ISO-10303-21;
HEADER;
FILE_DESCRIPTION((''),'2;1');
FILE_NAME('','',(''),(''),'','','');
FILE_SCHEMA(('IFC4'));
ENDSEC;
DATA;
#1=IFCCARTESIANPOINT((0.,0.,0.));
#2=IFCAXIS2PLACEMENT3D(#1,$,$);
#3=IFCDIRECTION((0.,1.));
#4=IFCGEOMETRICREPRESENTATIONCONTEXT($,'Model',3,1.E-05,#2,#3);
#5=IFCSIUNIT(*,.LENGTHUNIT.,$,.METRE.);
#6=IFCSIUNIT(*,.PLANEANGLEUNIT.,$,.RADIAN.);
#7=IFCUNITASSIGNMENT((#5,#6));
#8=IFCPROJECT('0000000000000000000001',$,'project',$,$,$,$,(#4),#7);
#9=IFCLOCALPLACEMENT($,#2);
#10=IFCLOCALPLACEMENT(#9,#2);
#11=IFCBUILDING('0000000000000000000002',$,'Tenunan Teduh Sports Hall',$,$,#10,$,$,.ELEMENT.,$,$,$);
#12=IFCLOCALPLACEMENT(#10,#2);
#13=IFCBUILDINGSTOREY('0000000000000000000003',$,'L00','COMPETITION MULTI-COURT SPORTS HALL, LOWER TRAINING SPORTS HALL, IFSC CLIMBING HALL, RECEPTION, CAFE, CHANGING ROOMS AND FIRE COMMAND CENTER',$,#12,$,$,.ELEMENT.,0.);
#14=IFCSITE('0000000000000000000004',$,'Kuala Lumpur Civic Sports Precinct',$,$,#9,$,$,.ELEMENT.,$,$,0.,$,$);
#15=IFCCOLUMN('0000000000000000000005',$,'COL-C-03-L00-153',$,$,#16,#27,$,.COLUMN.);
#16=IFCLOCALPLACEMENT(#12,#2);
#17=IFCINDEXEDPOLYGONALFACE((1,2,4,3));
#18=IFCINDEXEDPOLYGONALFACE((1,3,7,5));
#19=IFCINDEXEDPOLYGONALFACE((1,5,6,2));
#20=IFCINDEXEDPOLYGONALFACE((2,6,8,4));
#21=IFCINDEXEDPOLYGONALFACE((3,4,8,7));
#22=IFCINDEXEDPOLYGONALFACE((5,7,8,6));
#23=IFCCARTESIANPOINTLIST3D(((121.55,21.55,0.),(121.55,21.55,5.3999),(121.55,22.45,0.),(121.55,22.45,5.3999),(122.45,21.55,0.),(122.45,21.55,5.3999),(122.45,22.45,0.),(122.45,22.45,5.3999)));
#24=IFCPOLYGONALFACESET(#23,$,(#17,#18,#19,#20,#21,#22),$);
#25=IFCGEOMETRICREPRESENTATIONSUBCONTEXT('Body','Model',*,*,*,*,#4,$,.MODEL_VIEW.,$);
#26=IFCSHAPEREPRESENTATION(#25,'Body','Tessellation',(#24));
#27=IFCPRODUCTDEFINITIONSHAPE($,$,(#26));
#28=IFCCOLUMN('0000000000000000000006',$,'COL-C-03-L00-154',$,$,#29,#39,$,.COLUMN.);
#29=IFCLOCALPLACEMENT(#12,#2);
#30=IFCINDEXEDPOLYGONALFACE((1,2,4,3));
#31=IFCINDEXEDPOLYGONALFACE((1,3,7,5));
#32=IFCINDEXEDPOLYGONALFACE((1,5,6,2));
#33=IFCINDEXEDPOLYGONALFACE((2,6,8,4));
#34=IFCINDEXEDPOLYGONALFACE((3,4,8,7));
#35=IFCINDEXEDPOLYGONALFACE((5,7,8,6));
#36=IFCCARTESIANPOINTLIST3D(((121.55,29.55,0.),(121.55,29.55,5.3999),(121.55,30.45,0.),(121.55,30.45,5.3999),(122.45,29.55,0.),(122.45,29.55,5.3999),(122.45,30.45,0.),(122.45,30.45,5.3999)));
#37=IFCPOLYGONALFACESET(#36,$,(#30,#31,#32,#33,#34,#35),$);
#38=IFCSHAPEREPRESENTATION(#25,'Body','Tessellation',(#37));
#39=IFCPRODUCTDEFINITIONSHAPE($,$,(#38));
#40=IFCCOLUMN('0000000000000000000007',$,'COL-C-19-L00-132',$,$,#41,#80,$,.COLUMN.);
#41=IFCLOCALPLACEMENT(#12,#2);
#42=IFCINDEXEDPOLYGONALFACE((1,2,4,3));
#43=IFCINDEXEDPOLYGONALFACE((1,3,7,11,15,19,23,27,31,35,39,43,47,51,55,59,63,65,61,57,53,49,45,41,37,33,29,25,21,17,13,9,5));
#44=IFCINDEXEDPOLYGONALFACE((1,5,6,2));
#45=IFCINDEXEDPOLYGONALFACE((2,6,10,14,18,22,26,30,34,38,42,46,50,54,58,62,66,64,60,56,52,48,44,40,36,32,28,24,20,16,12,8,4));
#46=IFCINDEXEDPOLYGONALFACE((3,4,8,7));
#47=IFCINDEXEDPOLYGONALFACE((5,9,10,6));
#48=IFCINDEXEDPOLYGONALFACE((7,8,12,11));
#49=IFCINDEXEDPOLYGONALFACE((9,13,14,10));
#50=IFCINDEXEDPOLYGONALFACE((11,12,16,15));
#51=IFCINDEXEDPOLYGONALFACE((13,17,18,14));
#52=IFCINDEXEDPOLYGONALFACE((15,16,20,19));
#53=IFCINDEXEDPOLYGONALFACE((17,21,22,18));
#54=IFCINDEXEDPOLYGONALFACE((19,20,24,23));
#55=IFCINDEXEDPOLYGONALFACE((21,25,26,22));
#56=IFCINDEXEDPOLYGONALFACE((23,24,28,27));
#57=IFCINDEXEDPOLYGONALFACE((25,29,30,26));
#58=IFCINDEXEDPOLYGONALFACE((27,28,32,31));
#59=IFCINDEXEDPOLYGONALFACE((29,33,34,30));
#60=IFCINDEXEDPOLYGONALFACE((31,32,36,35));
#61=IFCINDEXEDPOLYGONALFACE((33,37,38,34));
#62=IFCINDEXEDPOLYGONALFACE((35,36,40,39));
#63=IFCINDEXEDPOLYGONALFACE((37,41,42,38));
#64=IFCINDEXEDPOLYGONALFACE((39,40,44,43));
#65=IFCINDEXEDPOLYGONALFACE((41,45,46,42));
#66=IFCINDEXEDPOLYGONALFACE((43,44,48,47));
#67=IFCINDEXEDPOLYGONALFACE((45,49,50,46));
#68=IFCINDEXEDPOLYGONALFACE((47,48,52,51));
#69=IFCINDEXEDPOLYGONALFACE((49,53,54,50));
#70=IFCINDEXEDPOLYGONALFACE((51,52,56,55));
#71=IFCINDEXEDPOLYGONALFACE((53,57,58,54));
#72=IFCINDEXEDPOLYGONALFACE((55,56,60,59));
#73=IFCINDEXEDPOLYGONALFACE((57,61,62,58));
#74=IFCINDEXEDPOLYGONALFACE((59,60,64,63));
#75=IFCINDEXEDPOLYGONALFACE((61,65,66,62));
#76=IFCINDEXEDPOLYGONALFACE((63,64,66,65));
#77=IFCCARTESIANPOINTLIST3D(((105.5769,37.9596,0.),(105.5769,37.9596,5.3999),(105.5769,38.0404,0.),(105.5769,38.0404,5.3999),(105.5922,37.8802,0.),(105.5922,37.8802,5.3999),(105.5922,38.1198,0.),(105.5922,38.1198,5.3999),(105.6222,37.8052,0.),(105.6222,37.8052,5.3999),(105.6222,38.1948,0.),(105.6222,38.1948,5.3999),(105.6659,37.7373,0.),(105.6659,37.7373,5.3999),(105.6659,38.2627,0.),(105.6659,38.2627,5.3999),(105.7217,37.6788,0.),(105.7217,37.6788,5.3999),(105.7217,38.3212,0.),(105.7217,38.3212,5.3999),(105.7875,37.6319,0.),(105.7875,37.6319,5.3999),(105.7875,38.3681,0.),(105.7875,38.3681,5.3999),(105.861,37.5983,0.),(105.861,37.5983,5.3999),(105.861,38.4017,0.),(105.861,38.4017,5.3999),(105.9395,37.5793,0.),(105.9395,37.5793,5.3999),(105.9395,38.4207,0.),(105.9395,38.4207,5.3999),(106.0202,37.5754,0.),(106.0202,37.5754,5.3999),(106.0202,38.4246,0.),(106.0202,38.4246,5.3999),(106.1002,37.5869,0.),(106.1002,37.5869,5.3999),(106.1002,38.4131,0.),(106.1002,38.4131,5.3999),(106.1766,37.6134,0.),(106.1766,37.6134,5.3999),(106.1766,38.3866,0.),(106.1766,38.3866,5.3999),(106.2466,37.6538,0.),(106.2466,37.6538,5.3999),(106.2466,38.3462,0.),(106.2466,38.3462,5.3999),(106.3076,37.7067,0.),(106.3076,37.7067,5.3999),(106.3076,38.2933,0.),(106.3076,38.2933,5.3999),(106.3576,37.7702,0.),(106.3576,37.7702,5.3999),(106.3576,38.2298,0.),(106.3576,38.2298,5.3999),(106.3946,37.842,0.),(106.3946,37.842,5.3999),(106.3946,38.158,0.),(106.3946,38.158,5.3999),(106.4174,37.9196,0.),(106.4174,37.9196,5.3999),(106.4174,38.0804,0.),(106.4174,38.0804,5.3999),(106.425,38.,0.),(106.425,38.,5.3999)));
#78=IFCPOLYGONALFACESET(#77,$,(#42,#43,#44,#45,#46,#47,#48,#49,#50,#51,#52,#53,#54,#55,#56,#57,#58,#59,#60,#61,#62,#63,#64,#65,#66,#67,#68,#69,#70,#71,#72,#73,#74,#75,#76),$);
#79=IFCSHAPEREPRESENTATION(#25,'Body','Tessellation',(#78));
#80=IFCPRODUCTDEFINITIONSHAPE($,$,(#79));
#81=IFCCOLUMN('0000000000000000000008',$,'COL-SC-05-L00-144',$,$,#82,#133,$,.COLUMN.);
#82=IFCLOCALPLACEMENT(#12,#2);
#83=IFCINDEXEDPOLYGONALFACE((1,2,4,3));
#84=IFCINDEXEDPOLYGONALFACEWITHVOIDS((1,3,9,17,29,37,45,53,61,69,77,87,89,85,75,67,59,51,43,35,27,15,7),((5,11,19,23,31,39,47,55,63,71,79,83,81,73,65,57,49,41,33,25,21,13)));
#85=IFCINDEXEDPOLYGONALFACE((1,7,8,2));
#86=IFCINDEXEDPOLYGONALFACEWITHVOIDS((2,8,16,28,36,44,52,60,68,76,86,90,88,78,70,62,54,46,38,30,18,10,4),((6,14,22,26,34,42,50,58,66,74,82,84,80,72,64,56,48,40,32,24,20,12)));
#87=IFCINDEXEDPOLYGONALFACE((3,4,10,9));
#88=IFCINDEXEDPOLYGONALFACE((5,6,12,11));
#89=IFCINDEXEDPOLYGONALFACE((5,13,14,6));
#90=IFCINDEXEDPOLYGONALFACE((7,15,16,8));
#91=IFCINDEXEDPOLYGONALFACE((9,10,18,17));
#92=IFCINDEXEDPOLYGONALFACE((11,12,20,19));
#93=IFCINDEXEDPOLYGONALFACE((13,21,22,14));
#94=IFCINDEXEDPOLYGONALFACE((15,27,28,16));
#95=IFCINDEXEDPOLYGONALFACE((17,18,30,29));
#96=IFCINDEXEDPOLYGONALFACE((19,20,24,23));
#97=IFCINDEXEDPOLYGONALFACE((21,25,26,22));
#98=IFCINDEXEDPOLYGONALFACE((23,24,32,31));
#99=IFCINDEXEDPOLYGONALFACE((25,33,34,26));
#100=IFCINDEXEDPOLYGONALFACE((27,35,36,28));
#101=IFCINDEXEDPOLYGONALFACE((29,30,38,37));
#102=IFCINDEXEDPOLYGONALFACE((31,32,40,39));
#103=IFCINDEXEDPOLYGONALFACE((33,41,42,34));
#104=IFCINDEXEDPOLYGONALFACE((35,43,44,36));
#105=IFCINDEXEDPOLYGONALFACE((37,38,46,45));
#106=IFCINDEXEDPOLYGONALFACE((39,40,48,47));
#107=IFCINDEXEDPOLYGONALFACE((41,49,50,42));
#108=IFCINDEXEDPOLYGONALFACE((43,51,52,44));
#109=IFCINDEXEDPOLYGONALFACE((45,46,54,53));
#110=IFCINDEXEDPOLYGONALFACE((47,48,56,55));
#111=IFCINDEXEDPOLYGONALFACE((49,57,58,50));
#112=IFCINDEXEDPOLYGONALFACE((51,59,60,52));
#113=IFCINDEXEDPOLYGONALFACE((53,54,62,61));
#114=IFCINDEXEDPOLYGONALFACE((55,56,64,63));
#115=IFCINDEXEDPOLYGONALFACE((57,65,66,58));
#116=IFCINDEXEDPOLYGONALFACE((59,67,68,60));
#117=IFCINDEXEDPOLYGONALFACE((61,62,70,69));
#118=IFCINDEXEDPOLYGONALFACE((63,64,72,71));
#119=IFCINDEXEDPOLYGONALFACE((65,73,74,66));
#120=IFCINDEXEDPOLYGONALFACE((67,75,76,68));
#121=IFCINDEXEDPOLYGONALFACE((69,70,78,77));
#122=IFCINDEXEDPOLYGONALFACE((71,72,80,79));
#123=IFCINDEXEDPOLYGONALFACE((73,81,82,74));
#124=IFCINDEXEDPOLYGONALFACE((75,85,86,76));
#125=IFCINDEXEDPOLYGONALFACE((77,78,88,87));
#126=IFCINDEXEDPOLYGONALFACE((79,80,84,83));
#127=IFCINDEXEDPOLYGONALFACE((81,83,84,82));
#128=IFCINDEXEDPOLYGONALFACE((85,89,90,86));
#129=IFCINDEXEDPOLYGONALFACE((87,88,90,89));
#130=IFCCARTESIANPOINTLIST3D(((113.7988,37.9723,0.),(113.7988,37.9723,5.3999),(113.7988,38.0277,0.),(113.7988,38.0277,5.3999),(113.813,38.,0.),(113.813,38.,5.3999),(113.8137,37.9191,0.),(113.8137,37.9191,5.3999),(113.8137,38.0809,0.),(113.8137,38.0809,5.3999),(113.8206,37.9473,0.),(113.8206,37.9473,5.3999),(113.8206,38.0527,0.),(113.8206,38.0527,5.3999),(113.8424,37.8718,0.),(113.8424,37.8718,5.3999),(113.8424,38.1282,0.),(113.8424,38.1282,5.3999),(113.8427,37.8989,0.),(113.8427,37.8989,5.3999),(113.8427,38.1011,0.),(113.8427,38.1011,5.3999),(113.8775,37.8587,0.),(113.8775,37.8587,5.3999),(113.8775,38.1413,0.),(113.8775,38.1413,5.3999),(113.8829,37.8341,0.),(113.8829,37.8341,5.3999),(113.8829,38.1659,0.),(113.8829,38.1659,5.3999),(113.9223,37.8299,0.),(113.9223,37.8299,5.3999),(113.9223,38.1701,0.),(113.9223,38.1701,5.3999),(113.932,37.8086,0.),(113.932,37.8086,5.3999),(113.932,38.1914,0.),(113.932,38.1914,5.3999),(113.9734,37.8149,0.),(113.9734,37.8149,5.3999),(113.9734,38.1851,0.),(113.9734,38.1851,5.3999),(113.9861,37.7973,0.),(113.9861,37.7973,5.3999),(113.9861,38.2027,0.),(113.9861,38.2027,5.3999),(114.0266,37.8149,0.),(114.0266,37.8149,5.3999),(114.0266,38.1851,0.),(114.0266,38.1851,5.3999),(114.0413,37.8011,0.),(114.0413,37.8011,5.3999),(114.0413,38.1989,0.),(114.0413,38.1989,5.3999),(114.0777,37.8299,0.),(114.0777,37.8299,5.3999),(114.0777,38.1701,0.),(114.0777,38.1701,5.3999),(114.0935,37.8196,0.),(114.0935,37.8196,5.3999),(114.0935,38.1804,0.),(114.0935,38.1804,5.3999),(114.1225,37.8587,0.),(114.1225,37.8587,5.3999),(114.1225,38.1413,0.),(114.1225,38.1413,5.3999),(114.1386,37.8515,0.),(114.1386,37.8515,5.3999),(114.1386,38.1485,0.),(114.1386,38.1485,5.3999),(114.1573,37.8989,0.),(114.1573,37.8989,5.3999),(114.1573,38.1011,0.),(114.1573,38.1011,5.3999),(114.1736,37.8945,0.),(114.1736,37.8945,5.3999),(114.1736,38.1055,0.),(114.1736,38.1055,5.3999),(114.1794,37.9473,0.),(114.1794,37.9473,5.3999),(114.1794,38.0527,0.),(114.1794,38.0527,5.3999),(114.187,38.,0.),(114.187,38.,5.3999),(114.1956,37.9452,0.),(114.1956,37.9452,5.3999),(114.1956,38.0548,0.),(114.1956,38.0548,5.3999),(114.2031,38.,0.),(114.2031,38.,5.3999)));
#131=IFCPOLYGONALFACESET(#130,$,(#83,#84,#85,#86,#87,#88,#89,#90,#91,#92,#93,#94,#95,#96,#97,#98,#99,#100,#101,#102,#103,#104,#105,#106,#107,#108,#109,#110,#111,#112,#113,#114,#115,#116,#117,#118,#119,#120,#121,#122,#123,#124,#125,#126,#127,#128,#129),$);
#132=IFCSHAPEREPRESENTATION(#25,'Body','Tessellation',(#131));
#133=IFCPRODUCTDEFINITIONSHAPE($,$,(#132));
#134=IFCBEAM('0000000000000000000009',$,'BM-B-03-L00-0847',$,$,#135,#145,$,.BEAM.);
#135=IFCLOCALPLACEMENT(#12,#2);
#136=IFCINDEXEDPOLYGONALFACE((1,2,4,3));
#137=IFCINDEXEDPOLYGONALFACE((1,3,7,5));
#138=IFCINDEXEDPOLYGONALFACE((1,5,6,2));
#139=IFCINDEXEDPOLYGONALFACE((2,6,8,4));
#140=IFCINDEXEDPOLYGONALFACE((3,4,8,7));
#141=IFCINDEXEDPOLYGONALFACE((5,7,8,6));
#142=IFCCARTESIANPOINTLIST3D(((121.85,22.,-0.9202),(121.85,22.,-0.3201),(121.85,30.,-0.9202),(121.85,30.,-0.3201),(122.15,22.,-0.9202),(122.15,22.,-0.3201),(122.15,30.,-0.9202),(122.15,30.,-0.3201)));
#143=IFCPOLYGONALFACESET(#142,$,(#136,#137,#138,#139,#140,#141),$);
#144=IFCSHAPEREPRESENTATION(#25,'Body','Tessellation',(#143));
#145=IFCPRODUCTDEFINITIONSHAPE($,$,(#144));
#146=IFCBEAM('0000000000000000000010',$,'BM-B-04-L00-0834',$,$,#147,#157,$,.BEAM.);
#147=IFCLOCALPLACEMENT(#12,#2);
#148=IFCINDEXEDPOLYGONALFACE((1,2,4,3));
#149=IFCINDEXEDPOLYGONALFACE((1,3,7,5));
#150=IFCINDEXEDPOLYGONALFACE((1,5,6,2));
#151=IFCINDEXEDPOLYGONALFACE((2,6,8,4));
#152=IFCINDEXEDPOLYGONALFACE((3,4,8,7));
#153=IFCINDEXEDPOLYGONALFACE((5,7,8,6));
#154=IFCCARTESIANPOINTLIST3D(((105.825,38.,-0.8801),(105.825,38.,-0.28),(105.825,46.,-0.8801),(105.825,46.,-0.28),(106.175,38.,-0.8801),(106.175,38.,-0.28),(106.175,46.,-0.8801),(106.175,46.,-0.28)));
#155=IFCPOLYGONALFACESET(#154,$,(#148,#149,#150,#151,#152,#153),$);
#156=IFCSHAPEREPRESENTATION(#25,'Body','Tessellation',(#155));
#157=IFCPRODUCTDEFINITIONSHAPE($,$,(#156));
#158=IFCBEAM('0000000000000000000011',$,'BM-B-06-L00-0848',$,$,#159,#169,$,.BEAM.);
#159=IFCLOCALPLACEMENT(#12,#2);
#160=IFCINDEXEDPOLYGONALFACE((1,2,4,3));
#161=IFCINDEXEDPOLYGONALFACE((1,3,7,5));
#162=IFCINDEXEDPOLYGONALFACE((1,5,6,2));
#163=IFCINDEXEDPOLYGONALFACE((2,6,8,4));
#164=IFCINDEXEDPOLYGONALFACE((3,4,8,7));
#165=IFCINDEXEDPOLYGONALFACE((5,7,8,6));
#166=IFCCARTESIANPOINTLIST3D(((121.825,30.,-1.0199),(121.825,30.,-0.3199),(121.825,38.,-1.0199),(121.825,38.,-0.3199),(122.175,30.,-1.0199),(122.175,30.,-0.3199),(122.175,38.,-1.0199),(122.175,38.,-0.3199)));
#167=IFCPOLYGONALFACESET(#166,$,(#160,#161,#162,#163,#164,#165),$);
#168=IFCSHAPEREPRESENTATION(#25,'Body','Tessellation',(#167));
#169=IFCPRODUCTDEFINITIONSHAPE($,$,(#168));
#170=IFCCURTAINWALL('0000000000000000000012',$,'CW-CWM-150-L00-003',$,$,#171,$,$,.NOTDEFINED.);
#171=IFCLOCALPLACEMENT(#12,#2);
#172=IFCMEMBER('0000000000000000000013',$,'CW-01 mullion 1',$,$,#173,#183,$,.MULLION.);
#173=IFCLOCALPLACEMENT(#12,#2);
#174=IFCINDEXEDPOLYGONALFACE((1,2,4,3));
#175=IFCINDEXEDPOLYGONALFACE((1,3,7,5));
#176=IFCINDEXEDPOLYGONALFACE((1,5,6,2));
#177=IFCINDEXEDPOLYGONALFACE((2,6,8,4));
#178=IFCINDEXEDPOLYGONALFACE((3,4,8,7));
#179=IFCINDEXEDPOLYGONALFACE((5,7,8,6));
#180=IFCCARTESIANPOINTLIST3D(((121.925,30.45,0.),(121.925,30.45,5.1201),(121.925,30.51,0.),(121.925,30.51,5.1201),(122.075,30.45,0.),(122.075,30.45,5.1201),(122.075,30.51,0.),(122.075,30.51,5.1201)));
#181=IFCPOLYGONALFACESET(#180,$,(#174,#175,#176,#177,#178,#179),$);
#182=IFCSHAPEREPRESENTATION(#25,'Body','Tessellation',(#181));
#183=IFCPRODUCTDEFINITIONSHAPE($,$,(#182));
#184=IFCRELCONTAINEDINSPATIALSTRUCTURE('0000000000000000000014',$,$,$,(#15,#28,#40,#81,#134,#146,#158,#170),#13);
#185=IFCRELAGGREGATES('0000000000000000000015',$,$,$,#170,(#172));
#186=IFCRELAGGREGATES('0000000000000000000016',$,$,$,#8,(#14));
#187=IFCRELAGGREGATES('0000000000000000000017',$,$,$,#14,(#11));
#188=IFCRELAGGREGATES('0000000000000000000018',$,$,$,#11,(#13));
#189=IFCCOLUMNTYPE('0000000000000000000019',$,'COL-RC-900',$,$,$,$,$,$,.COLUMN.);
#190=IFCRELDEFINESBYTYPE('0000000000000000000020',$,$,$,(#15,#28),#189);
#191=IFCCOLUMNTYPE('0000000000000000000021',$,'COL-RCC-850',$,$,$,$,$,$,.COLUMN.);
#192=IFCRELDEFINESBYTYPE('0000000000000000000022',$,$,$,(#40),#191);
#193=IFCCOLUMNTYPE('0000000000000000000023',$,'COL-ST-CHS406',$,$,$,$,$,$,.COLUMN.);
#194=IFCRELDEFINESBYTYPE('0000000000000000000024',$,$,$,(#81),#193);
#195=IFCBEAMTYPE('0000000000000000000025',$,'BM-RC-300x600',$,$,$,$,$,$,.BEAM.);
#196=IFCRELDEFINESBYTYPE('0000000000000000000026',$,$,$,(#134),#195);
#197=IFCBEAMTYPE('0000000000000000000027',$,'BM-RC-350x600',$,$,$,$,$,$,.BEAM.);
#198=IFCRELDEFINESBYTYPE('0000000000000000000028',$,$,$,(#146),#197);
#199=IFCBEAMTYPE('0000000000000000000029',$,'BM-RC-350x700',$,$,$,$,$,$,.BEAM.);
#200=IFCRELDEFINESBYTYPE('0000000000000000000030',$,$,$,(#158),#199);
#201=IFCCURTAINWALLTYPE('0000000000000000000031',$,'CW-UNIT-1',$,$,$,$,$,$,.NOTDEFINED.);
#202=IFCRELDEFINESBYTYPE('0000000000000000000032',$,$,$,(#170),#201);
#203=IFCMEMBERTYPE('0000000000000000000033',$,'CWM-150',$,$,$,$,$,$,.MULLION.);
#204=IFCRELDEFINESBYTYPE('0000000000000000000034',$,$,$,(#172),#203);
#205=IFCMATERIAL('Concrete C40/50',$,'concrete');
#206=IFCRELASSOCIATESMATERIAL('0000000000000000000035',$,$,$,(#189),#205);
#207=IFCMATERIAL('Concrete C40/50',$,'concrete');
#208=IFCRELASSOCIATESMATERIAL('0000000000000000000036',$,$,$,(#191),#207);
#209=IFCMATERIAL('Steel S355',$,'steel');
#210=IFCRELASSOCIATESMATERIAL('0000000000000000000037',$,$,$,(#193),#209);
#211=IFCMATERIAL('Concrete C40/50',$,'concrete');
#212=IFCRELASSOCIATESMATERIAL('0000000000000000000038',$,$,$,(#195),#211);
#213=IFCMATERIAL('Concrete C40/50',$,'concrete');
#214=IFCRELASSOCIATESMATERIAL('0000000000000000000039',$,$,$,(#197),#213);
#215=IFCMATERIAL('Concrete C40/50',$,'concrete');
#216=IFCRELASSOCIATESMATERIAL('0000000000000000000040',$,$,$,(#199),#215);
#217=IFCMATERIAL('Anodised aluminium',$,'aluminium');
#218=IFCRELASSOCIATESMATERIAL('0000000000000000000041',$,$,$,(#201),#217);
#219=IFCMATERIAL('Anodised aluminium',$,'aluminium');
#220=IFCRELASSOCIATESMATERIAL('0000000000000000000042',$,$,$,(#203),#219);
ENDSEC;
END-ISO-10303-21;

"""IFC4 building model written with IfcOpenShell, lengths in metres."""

from ifc_helpers import new_model, si_unit, direction, frame, origin, origin_2d, place, context, subcontext, project, spatial, rectangle, circle, hollow_circle, extrude, material, material_profile, profile_set, type_object, element, aggregate, save


model = new_model("IFC4")

# Units and contexts
model_context = context("Model", 3, precision=1e-05, world=origin(), true_north=direction((0.0, 1.0)))
body_context = subcontext(model_context, "Body", "Model", "MODEL_VIEW")
ifc_project = project(units=[si_unit("LENGTHUNIT", "METRE"), si_unit("PLANEANGLEUNIT", "RADIAN")], contexts=[model_context])

# Site, building, storey
site_placement = place(None, origin())
site = spatial("IfcSite", under=ifc_project, at=site_placement, Name="Kuala Lumpur Civic Sports Precinct", CompositionType="ELEMENT", RefElevation=0.0)
building_placement = place(site_placement, origin())
building = spatial("IfcBuilding", under=site, at=building_placement, Name="Tenunan Teduh Sports Hall", CompositionType="ELEMENT")
storey_placement = place(building_placement, origin())
storey = spatial("IfcBuildingStorey", under=building, at=storey_placement, Name="L00", Description="COMPETITION MULTI-COURT SPORTS HALL, LOWER TRAINING SPORTS HALL, IFSC CLIMBING HALL, RECEPTION, CAFE, CHANGING ROOMS AND FIRE COMMAND CENTER", CompositionType="ELEMENT", Elevation=0.0)

# Columns
ifc_material_1 = material(Name="Concrete C40/50", Category="concrete")
ifc_material_profile_1 = material_profile(ifc_material_1, rectangle(XDim=0.8999, YDim=0.8999, at=origin_2d()), Name="RC 900x900")
ifc_profile_set_1 = profile_set([ifc_material_profile_1], Name="Concrete C40/50")
column_type_1 = type_object("IfcColumnType", Name="COL-RC-900", PredefinedType="COLUMN", material=ifc_profile_set_1)
for number, where, z_axis, x_axis, name in (
    (1, (122.0, 22.0, 0.0), (0.0, 0.0, 1.0), (1.0, 0.0, 0.0), "COL-C-03-L00-153"),
    (2, (122.0, 30.0, 0.0), (0.0, 0.0, 1.0), (1.0, 0.0, 0.0), "COL-C-03-L00-154"),
):
    element("IfcColumn", number, at=place(storey_placement, frame(where, z_axis=z_axis, x_axis=x_axis)), inside=storey, type_object=column_type_1, Name=name, PredefinedType="COLUMN", context=body_context, shape_type="SweptSolid", body=[
        extrude(rectangle(XDim=0.8999, YDim=0.8999, at=origin_2d()), origin(), (0.0, 0.0, 1.0), 5.3999),
    ])
ifc_material_2 = material(Name="Concrete C40/50", Category="concrete")
ifc_material_profile_2 = material_profile(ifc_material_2, circle(Radius=0.425, at=origin_2d()), Name="RCC D850")
ifc_profile_set_2 = profile_set([ifc_material_profile_2], Name="Concrete C40/50")
column_type_2 = type_object("IfcColumnType", Name="COL-RCC-850", PredefinedType="COLUMN", material=ifc_profile_set_2)
column_1_placement = place(storey_placement, frame((106.0, 38.0, 0.0), z_axis=(0.0, 0.0, 1.0), x_axis=(1.0, 0.0, 0.0)))
element("IfcColumn", 3, at=column_1_placement, inside=storey, type_object=column_type_2, Name="COL-C-19-L00-132", PredefinedType="COLUMN", context=body_context, shape_type="SweptSolid", body=[
    extrude(circle(Radius=0.425, at=origin_2d()), origin(), (0.0, 0.0, 1.0), 5.3999),
])
ifc_material_3 = material(Name="Steel S355", Category="steel")
ifc_material_profile_3 = material_profile(ifc_material_3, hollow_circle(Radius=0.2031, WallThickness=0.0161, at=origin_2d()), Name="CHS 406.4x16.0")
ifc_profile_set_3 = profile_set([ifc_material_profile_3], Name="Steel S355")
column_type_3 = type_object("IfcColumnType", Name="COL-ST-CHS406", PredefinedType="COLUMN", material=ifc_profile_set_3)
column_2_placement = place(storey_placement, frame((114.0, 38.0, 0.0), z_axis=(0.0, 0.0, 1.0), x_axis=(1.0, 0.0, 0.0)))
element("IfcColumn", 4, at=column_2_placement, inside=storey, type_object=column_type_3, Name="COL-SC-05-L00-144", PredefinedType="COLUMN", context=body_context, shape_type="SweptSolid", body=[
    extrude(hollow_circle(Radius=0.2031, WallThickness=0.0161, at=origin_2d()), origin(), (0.0, 0.0, 1.0), 5.3999),
])

# Beams
ifc_material_4 = material(Name="Concrete C40/50", Category="concrete")
ifc_material_profile_4 = material_profile(ifc_material_4, rectangle(XDim=0.3, YDim=0.6001, at=origin_2d()), Name="RCB 300x600")
ifc_profile_set_4 = profile_set([ifc_material_profile_4], Name="Concrete C40/50")
beam_type_1 = type_object("IfcBeamType", Name="BM-RC-300x600", PredefinedType="BEAM", material=ifc_profile_set_4)
beam_1_placement = place(storey_placement, frame((122.0, 22.0, -0.6201), z_axis=(0.0, 1.0, 0.0), x_axis=(-1.0, 0.0, 0.0)))
element("IfcBeam", 5, at=beam_1_placement, inside=storey, type_object=beam_type_1, Name="BM-B-03-L00-0847", PredefinedType="BEAM", context=body_context, shape_type="SweptSolid", body=[
    extrude(rectangle(XDim=0.3, YDim=0.6001, at=origin_2d()), origin(), (0.0, 0.0, 1.0), 8.0),
])
ifc_material_5 = material(Name="Concrete C40/50", Category="concrete")
ifc_material_profile_5 = material_profile(ifc_material_5, rectangle(XDim=0.3501, YDim=0.6001, at=origin_2d()), Name="RCB 350x600")
ifc_profile_set_5 = profile_set([ifc_material_profile_5], Name="Concrete C40/50")
beam_type_2 = type_object("IfcBeamType", Name="BM-RC-350x600", PredefinedType="BEAM", material=ifc_profile_set_5)
beam_2_placement = place(storey_placement, frame((106.0, 38.0, -0.5801), z_axis=(0.0, 1.0, 0.0), x_axis=(-1.0, 0.0, 0.0)))
element("IfcBeam", 6, at=beam_2_placement, inside=storey, type_object=beam_type_2, Name="BM-B-04-L00-0834", PredefinedType="BEAM", context=body_context, shape_type="SweptSolid", body=[
    extrude(rectangle(XDim=0.3501, YDim=0.6001, at=origin_2d()), origin(), (0.0, 0.0, 1.0), 8.0),
])
ifc_material_6 = material(Name="Concrete C40/50", Category="concrete")
ifc_material_profile_6 = material_profile(ifc_material_6, rectangle(XDim=0.3501, YDim=0.7, at=origin_2d()), Name="RCB 350x700")
ifc_profile_set_6 = profile_set([ifc_material_profile_6], Name="Concrete C40/50")
beam_type_3 = type_object("IfcBeamType", Name="BM-RC-350x700", PredefinedType="BEAM", material=ifc_profile_set_6)
beam_3_placement = place(storey_placement, frame((122.0, 30.0, -0.6699), z_axis=(0.0, 1.0, 0.0), x_axis=(-1.0, 0.0, 0.0)))
element("IfcBeam", 7, at=beam_3_placement, inside=storey, type_object=beam_type_3, Name="BM-B-06-L00-0848", PredefinedType="BEAM", context=body_context, shape_type="SweptSolid", body=[
    extrude(rectangle(XDim=0.3501, YDim=0.7, at=origin_2d()), origin(), (0.0, 0.0, 1.0), 8.0),
])

# Curtain wall, member
ifc_material_7 = material(Name="Anodised aluminium", Category="aluminium")
curtain_wall_type = type_object("IfcCurtainWallType", Name="CW-UNIT-1", PredefinedType="NOTDEFINED", material=ifc_material_7)
curtain_wall_1_placement = place(storey_placement, origin())
curtain_wall_1 = element("IfcCurtainWall", 8, at=curtain_wall_1_placement, inside=storey, type_object=curtain_wall_type, Name="CW-CWM-150-L00-003", PredefinedType="NOTDEFINED")
ifc_material_8 = material(Name="Anodised aluminium", Category="aluminium")
ifc_material_profile_7 = material_profile(ifc_material_8, rectangle(XDim=0.0601, YDim=0.1499, at=origin_2d()), Name="CWM 60x150")
ifc_profile_set_7 = profile_set([ifc_material_profile_7], Name="Anodised aluminium")
member_type_1 = type_object("IfcMemberType", Name="CWM-150", PredefinedType="MULLION", material=ifc_profile_set_7)
member_1_placement = place(storey_placement, frame((122.0, 30.48, 0.0), z_axis=(0.0, 0.0, 1.0), x_axis=(0.0, 1.0, 0.0)))
member_1 = element("IfcMember", 9, at=member_1_placement, type_object=member_type_1, Name="CW-01 mullion 1", PredefinedType="MULLION", context=body_context, shape_type="SweptSolid", body=[
    extrude(rectangle(XDim=0.0601, YDim=0.1499, at=origin_2d()), origin(), (0.0, 0.0, 1.0), 5.1201),
])

aggregate(curtain_wall_1, [member_1])

save(model, "model.ifc")
